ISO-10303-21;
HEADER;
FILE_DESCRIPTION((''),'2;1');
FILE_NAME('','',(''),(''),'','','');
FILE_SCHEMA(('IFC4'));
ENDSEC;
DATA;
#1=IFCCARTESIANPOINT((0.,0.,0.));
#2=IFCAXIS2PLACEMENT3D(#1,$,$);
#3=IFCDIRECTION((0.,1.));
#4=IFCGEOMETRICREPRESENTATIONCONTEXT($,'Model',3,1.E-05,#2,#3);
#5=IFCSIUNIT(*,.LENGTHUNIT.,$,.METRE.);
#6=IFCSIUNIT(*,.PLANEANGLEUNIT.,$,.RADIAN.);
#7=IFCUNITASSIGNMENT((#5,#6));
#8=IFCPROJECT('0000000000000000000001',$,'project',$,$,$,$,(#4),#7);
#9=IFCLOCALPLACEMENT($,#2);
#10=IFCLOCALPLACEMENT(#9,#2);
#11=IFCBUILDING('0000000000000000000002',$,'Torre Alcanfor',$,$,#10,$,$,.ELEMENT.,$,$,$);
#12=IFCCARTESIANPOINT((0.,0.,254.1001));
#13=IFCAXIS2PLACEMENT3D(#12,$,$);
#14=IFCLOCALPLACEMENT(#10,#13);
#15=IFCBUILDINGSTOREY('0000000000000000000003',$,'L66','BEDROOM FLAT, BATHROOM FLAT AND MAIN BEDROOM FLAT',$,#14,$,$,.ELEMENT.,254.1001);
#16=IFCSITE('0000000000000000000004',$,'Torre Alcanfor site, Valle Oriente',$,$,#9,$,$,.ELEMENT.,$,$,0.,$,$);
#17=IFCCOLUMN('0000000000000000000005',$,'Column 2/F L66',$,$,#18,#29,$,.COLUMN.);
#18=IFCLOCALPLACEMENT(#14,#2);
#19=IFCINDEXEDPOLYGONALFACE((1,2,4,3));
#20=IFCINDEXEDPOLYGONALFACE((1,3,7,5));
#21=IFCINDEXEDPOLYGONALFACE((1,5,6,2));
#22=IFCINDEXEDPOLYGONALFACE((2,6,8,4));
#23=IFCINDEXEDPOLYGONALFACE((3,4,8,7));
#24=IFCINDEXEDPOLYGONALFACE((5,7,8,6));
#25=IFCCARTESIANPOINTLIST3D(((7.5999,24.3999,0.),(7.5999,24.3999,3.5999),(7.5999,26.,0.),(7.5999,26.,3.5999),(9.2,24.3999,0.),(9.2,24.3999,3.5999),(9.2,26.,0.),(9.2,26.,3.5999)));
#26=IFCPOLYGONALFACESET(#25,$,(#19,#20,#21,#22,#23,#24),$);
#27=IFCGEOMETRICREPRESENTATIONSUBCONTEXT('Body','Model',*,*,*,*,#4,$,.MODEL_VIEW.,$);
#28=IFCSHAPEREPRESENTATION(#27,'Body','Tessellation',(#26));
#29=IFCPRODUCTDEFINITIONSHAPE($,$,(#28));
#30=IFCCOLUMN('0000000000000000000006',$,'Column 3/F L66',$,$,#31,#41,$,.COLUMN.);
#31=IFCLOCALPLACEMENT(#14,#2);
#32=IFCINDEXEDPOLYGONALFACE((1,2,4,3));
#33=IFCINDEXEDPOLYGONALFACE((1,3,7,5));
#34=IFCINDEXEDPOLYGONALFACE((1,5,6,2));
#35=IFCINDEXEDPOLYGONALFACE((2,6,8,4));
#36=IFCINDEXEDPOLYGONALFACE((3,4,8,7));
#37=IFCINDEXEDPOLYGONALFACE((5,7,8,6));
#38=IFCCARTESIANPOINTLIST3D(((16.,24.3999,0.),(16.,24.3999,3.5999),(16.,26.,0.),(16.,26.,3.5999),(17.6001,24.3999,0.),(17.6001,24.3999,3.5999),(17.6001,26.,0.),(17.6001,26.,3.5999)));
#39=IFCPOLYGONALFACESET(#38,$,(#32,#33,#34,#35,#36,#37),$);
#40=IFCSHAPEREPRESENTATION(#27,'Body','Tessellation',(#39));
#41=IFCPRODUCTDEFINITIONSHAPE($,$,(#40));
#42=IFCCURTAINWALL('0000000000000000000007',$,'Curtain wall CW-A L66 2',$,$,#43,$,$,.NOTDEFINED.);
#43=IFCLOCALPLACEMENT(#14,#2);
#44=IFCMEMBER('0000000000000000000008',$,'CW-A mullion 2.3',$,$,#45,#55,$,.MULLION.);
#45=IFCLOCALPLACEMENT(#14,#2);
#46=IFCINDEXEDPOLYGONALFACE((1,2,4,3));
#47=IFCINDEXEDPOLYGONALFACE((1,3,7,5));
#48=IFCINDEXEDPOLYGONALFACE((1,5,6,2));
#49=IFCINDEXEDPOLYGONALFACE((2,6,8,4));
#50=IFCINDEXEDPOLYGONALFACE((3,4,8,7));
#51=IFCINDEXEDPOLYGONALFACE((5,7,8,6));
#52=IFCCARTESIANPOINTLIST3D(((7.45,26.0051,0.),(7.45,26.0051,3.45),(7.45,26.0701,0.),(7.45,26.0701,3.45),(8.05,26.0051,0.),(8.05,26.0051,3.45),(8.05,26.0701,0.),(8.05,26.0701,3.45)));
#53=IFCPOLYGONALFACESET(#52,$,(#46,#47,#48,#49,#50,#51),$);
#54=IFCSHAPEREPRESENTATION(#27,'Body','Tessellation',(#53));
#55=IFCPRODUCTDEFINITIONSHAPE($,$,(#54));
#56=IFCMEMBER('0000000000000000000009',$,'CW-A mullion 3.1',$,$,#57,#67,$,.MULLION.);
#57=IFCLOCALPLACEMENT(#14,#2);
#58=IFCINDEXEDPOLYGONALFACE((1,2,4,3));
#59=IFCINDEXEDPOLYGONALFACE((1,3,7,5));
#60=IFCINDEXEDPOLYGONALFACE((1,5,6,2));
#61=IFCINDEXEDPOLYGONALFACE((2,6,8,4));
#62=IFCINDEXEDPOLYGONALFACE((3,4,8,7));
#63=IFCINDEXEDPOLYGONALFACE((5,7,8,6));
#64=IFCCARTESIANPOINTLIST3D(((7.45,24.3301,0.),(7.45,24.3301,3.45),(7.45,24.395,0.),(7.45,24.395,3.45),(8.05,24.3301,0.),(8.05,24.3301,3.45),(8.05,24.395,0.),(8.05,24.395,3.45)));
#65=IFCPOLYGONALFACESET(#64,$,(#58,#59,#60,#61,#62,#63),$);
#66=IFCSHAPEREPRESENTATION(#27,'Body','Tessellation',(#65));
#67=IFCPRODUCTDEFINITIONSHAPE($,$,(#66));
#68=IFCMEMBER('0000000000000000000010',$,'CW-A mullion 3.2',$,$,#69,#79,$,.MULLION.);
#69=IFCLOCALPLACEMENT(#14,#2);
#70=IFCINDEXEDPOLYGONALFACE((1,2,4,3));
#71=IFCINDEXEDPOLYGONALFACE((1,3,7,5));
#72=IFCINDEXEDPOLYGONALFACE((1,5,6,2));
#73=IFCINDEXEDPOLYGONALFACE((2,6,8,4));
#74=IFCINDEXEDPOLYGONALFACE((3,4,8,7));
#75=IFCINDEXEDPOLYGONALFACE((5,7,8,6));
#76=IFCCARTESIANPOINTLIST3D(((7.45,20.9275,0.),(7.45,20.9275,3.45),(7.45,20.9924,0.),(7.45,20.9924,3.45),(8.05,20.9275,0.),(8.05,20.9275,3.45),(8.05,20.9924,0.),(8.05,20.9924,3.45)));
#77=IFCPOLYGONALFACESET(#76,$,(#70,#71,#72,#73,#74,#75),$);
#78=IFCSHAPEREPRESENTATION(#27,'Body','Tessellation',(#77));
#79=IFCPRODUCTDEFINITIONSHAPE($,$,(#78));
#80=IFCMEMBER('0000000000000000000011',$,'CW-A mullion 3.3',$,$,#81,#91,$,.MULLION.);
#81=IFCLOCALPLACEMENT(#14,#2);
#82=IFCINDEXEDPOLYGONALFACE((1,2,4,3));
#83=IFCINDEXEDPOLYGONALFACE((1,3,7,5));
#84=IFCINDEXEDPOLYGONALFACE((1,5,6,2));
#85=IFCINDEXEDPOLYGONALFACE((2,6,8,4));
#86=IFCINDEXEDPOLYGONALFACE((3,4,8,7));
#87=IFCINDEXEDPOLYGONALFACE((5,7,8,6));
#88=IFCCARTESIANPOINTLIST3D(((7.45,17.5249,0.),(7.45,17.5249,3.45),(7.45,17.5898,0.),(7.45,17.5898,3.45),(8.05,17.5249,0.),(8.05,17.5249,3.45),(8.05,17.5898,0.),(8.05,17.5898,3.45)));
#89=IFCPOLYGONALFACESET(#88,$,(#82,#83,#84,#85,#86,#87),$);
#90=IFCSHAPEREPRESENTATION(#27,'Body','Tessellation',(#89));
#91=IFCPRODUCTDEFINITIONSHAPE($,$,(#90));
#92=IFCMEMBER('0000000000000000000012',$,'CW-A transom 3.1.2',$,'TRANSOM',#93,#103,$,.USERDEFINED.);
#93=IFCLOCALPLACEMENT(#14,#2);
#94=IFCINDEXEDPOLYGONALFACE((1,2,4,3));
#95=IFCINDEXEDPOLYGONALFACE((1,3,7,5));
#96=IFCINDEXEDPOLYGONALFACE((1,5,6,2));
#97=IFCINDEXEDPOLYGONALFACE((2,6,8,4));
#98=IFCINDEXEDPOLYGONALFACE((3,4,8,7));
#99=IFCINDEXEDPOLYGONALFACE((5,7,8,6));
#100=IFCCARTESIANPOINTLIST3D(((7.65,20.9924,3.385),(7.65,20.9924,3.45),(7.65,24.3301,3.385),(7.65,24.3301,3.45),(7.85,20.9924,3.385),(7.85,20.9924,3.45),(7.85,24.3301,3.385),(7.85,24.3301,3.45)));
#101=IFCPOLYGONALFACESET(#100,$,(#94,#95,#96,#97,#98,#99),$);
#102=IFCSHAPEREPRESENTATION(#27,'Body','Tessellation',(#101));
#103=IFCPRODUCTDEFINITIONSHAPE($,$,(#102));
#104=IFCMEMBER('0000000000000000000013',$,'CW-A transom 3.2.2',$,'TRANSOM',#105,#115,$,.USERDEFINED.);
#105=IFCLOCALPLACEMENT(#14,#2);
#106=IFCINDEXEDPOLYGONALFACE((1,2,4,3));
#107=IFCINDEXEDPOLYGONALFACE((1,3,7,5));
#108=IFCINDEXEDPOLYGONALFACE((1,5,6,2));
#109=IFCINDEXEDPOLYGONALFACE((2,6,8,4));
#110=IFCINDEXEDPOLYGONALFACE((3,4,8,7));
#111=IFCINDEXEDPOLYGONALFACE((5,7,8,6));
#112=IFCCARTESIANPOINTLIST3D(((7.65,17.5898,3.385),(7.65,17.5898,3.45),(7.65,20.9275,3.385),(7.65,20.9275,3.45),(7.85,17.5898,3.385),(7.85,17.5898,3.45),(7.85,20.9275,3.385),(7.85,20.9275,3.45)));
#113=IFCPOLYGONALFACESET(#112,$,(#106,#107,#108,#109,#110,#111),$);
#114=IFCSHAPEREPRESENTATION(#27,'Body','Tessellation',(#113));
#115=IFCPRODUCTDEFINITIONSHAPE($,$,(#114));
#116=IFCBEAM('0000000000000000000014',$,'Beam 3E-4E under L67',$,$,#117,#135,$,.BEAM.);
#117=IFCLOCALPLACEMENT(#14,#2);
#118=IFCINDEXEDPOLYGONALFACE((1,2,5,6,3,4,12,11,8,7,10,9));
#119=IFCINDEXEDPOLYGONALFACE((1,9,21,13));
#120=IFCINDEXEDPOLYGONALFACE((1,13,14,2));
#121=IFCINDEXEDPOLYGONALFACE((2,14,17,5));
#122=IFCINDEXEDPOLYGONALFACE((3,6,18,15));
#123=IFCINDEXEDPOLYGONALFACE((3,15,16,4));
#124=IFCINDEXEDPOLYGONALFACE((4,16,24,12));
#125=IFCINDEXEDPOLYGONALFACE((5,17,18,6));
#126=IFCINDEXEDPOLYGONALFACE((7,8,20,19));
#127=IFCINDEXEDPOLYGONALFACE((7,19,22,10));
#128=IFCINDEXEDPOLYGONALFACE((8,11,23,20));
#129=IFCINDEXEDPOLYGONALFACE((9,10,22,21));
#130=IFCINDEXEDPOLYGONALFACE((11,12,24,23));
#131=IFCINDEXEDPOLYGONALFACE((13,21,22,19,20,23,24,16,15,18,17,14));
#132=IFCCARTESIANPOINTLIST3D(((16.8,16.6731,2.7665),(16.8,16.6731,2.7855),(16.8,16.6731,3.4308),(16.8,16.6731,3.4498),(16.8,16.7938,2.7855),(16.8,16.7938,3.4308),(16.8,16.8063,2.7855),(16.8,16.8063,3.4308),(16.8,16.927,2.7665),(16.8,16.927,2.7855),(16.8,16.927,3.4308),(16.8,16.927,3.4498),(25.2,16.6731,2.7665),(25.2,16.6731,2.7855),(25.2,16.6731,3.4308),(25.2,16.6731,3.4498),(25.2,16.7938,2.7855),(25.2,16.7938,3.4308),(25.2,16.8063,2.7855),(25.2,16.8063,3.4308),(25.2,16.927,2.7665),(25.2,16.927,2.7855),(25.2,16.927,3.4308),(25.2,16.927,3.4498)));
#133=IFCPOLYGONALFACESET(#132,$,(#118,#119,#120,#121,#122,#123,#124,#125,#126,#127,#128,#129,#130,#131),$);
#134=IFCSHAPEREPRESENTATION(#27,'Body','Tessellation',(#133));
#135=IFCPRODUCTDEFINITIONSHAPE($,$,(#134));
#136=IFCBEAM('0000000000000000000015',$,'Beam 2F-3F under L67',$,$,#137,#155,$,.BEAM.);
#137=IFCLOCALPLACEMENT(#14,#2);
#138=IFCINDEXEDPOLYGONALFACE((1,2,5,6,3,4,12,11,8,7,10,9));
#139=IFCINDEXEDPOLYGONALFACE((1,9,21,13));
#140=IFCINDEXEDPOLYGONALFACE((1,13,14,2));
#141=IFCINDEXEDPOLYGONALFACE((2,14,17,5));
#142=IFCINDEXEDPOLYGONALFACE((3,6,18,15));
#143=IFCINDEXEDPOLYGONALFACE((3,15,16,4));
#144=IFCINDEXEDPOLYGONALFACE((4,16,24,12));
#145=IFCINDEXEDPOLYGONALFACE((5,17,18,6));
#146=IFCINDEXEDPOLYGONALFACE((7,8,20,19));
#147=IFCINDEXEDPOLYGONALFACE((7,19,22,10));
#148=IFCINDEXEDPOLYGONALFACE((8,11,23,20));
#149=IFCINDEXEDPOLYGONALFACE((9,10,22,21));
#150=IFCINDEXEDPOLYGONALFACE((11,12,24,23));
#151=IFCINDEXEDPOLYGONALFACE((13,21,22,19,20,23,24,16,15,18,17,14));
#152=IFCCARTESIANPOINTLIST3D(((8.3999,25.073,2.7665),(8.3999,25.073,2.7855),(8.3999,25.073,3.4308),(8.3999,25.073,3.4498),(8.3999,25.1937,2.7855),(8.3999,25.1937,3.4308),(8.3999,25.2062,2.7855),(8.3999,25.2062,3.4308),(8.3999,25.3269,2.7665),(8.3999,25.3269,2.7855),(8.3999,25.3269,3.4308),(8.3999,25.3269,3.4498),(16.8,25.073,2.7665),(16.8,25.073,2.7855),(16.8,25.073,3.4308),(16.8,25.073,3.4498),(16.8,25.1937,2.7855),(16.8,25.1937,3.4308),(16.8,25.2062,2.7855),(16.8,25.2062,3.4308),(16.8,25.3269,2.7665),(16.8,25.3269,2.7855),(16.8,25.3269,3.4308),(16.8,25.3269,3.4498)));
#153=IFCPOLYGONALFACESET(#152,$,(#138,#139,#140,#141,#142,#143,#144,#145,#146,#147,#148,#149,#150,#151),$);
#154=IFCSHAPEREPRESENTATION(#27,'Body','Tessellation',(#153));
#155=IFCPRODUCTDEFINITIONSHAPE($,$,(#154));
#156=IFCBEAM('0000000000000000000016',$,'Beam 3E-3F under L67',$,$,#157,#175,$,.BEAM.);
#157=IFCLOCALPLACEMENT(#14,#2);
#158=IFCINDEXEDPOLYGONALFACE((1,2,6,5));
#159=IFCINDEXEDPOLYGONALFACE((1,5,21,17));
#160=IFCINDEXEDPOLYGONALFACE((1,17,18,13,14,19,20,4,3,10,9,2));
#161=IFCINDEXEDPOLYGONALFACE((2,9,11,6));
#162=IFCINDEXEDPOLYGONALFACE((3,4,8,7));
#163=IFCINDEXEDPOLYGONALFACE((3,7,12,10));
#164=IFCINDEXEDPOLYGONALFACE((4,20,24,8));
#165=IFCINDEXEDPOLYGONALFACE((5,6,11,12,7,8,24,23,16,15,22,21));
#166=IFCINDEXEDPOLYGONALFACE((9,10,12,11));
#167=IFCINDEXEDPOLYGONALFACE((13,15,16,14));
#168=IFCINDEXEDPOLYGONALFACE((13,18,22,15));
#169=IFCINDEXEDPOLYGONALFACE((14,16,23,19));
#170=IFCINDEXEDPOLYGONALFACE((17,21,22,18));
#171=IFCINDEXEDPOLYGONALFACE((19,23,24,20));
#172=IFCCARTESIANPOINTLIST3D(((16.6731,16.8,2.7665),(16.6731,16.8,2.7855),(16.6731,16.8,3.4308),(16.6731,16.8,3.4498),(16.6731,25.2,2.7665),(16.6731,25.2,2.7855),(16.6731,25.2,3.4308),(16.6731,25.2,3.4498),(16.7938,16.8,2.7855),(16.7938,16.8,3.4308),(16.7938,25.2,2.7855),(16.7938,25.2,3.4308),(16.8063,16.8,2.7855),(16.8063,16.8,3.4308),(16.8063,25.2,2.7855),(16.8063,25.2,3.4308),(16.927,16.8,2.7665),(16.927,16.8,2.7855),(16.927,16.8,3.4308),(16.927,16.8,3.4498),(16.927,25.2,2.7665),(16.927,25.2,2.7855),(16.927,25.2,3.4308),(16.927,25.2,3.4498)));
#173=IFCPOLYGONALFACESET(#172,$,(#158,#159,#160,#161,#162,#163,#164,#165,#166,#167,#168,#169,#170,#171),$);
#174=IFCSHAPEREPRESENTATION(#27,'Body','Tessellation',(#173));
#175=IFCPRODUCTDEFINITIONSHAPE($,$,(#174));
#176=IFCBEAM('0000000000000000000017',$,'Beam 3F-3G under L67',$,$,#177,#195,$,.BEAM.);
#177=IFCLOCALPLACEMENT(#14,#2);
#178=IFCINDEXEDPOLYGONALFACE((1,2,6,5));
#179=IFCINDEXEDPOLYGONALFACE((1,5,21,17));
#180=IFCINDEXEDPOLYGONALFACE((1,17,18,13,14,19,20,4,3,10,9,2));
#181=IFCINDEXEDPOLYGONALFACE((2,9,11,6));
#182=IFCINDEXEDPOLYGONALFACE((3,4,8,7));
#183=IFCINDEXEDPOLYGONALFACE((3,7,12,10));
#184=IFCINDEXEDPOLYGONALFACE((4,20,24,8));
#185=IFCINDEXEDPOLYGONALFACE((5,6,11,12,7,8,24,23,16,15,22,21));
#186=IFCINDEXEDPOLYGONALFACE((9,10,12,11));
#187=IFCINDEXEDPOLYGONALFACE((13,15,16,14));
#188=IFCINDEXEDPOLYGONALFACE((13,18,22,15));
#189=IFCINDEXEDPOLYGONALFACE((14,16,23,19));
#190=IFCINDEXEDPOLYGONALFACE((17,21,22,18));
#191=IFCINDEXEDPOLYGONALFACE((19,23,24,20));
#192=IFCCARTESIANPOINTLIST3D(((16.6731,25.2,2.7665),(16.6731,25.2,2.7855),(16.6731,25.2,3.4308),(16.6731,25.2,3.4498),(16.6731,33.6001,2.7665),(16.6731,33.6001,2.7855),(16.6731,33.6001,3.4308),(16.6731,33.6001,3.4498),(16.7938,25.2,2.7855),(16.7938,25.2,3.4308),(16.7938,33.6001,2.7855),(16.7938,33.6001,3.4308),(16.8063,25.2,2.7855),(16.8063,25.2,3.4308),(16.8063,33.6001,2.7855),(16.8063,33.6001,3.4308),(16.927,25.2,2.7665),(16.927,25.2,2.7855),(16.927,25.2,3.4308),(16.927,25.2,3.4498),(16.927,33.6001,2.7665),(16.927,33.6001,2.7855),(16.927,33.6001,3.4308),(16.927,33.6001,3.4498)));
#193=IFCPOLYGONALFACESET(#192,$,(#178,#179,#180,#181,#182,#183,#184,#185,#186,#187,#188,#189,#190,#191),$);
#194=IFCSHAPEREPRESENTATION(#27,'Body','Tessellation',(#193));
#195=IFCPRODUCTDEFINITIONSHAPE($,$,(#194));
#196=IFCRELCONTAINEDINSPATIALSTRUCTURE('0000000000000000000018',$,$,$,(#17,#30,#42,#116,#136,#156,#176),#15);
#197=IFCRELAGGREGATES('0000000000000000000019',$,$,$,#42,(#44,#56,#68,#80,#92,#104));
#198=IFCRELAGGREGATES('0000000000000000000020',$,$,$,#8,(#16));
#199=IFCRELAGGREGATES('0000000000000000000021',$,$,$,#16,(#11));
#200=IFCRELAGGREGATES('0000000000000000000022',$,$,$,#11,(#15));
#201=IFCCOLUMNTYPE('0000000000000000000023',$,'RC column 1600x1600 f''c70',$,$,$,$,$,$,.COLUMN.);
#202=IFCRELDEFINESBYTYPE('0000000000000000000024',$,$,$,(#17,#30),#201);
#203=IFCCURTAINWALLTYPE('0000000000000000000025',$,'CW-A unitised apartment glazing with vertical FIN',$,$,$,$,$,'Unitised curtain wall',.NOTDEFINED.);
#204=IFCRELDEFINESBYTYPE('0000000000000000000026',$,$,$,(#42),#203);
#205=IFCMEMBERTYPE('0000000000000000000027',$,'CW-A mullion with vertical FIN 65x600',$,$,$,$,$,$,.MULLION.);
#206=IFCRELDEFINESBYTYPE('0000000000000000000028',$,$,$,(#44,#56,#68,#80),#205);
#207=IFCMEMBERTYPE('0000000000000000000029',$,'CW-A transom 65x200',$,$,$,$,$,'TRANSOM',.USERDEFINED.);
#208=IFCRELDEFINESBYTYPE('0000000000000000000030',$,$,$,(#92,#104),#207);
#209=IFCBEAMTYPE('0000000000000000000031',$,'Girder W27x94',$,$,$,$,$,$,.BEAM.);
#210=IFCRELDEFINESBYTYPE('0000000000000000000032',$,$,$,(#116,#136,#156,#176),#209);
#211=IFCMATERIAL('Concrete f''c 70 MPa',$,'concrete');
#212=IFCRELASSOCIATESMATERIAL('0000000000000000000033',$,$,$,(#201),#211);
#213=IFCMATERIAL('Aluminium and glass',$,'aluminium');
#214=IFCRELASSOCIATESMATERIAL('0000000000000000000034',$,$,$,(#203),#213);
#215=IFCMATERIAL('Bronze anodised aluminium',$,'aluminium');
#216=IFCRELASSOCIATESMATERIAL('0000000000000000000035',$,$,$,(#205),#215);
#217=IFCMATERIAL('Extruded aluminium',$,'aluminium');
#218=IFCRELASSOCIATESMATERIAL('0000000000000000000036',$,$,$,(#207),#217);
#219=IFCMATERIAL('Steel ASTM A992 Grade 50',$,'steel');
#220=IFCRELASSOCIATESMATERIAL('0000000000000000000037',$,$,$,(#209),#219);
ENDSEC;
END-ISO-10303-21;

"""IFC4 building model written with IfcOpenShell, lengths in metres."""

from ifc_helpers import new_model, si_unit, direction, frame, origin, origin_2d, place, context, subcontext, project, spatial, rectangle, i_section, extrude, material, material_profile, profile_set, type_object, element, aggregate, save


model = new_model("IFC4")

# Units and contexts
model_context = context("Model", 3, precision=1e-05, world=origin(), true_north=direction((0.0, 1.0)))
body_context = subcontext(model_context, "Body", "Model", "MODEL_VIEW")
ifc_project = project(units=[si_unit("LENGTHUNIT", "METRE"), si_unit("PLANEANGLEUNIT", "RADIAN")], contexts=[model_context])

# Site, building, storey
site_placement = place(None, origin())
site = spatial("IfcSite", under=ifc_project, at=site_placement, Name="Torre Alcanfor site, Valle Oriente", CompositionType="ELEMENT", RefElevation=0.0)
building_placement = place(site_placement, origin())
building = spatial("IfcBuilding", under=site, at=building_placement, Name="Torre Alcanfor", CompositionType="ELEMENT")
storey_placement = place(building_placement, frame((0.0, 0.0, 254.1001)))
storey = spatial("IfcBuildingStorey", under=building, at=storey_placement, Name="L66", Description="BEDROOM FLAT, BATHROOM FLAT AND MAIN BEDROOM FLAT", CompositionType="ELEMENT", Elevation=254.1001)

# Columns
ifc_material_1 = material(Name="Concrete f'c 70 MPa", Category="concrete")
ifc_material_profile_1 = material_profile(ifc_material_1, rectangle(XDim=1.6001, YDim=1.6001, at=origin_2d()), Name="1600x1600")
ifc_profile_set_1 = profile_set([ifc_material_profile_1], Name="Concrete f'c 70 MPa")
column_type = type_object("IfcColumnType", Name="RC column 1600x1600 f'c70", PredefinedType="COLUMN", material=ifc_profile_set_1)
for number, where, z_axis, x_axis, name in (
    (1, (8.3999, 25.2, 0.0), (0.0, 0.0, 1.0), (1.0, 0.0, 0.0), "Column 2/F L66"),
    (2, (16.8, 25.2, 0.0), (0.0, 0.0, 1.0), (1.0, 0.0, 0.0), "Column 3/F L66"),
):
    element("IfcColumn", number, at=place(storey_placement, frame(where, z_axis=z_axis, x_axis=x_axis)), inside=storey, type_object=column_type, Name=name, PredefinedType="COLUMN", context=body_context, shape_type="SweptSolid", body=[
        extrude(rectangle(XDim=1.6001, YDim=1.6001, at=origin_2d()), origin(), (0.0, 0.0, 1.0), 3.5999),
    ])

# Curtain wall, members
ifc_material_2 = material(Name="Aluminium and glass", Category="aluminium")
curtain_wall_type = type_object("IfcCurtainWallType", Name="CW-A unitised apartment glazing with vertical FIN", ElementType="Unitised curtain wall", PredefinedType="NOTDEFINED", material=ifc_material_2)
curtain_wall_placement = place(storey_placement, origin())
curtain_wall = element("IfcCurtainWall", 3, at=curtain_wall_placement, inside=storey, type_object=curtain_wall_type, Name="Curtain wall CW-A L66 2", PredefinedType="NOTDEFINED")
ifc_material_3 = material(Name="Bronze anodised aluminium", Category="aluminium")
ifc_material_profile_2 = material_profile(ifc_material_3, rectangle(XDim=0.6001, YDim=0.0649, at=origin_2d()), Name="CW-A mullion 65x600")
ifc_profile_set_2 = profile_set([ifc_material_profile_2], Name="Bronze anodised aluminium")
member_type_1 = type_object("IfcMemberType", Name="CW-A mullion with vertical FIN 65x600", PredefinedType="MULLION", material=ifc_profile_set_2)
member_1_placement = place(storey_placement, frame((7.75, 26.0376, 0.0), z_axis=(0.0, 0.0, 1.0), x_axis=(1.0, 0.0, 0.0)))
member_1 = element("IfcMember", 4, at=member_1_placement, type_object=member_type_1, Name="CW-A mullion 2.3", PredefinedType="MULLION", context=body_context, shape_type="SweptSolid", body=[
    extrude(rectangle(XDim=0.6001, YDim=0.0649, at=origin_2d()), origin(), (0.0, 0.0, 1.0), 3.45),
])
member_2_placement = place(storey_placement, frame((7.75, 24.3625, 0.0), z_axis=(0.0, 0.0, 1.0), x_axis=(1.0, 0.0, 0.0)))
member_2 = element("IfcMember", 5, at=member_2_placement, type_object=member_type_1, Name="CW-A mullion 3.1", PredefinedType="MULLION", context=body_context, shape_type="SweptSolid", body=[
    extrude(rectangle(XDim=0.6001, YDim=0.0649, at=origin_2d()), origin(), (0.0, 0.0, 1.0), 3.45),
])
member_3_placement = place(storey_placement, frame((7.75, 20.96, 0.0), z_axis=(0.0, 0.0, 1.0), x_axis=(1.0, 0.0, 0.0)))
member_3 = element("IfcMember", 6, at=member_3_placement, type_object=member_type_1, Name="CW-A mullion 3.2", PredefinedType="MULLION", context=body_context, shape_type="SweptSolid", body=[
    extrude(rectangle(XDim=0.6001, YDim=0.0649, at=origin_2d()), origin(), (0.0, 0.0, 1.0), 3.45),
])
member_4_placement = place(storey_placement, frame((7.75, 17.5574, 0.0), z_axis=(0.0, 0.0, 1.0), x_axis=(1.0, 0.0, 0.0)))
member_4 = element("IfcMember", 7, at=member_4_placement, type_object=member_type_1, Name="CW-A mullion 3.3", PredefinedType="MULLION", context=body_context, shape_type="SweptSolid", body=[
    extrude(rectangle(XDim=0.6001, YDim=0.0649, at=origin_2d()), origin(), (0.0, 0.0, 1.0), 3.45),
])
ifc_material_4 = material(Name="Extruded aluminium", Category="aluminium")
ifc_material_profile_3 = material_profile(ifc_material_4, rectangle(XDim=0.2, YDim=0.0649, at=origin_2d()), Name="CW-A transom 200x65")
ifc_profile_set_3 = profile_set([ifc_material_profile_3], Name="Extruded aluminium")
member_type_2 = type_object("IfcMemberType", Name="CW-A transom 65x200", ElementType="TRANSOM", PredefinedType="USERDEFINED", material=ifc_profile_set_3)
member_5_placement = place(storey_placement, frame((7.75, 24.3301, 3.4175), z_axis=(0.0, -1.0, 0.0), x_axis=(1.0, 0.0, 0.0)))
member_5 = element("IfcMember", 8, at=member_5_placement, type_object=member_type_2, Name="CW-A transom 3.1.2", ObjectType="TRANSOM", PredefinedType="USERDEFINED", context=body_context, shape_type="SweptSolid", body=[
    extrude(rectangle(XDim=0.2, YDim=0.0649, at=origin_2d()), origin(), (0.0, 0.0, 1.0), 3.3376),
])
member_6_placement = place(storey_placement, frame((7.75, 20.9275, 3.4175), z_axis=(0.0, -1.0, 0.0), x_axis=(1.0, 0.0, 0.0)))
member_6 = element("IfcMember", 9, at=member_6_placement, type_object=member_type_2, Name="CW-A transom 3.2.2", ObjectType="TRANSOM", PredefinedType="USERDEFINED", context=body_context, shape_type="SweptSolid", body=[
    extrude(rectangle(XDim=0.2, YDim=0.0649, at=origin_2d()), origin(), (0.0, 0.0, 1.0), 3.3376),
])

# Beams
ifc_material_5 = material(Name="Steel ASTM A992 Grade 50", Category="steel")
ifc_material_profile_4 = material_profile(ifc_material_5, i_section(OverallWidth=0.2539, OverallDepth=0.6833, WebThickness=0.0125, FlangeThickness=0.019, at=origin_2d()), Name="W27x94")
ifc_profile_set_4 = profile_set([ifc_material_profile_4], Name="Steel ASTM A992 Grade 50")
beam_type_1 = type_object("IfcBeamType", Name="Girder W27x94", PredefinedType="BEAM", material=ifc_profile_set_4)
beam_1_placement = place(storey_placement, frame((16.8, 16.8, 3.1082), z_axis=(1.0, 0.0, 0.0), x_axis=(0.0, 1.0, 0.0)))
element("IfcBeam", 10, at=beam_1_placement, inside=storey, type_object=beam_type_1, Name="Beam 3E-4E under L67", PredefinedType="BEAM", context=body_context, shape_type="SweptSolid", body=[
    extrude(i_section(OverallWidth=0.2539, OverallDepth=0.6833, WebThickness=0.0125, FlangeThickness=0.019, at=origin_2d()), origin(), (0.0, 0.0, 1.0), 8.3999),
])
beam_2_placement = place(storey_placement, frame((8.3999, 25.2, 3.1082), z_axis=(1.0, 0.0, 0.0), x_axis=(0.0, 1.0, 0.0)))
element("IfcBeam", 11, at=beam_2_placement, inside=storey, type_object=beam_type_1, Name="Beam 2F-3F under L67", PredefinedType="BEAM", context=body_context, shape_type="SweptSolid", body=[
    extrude(i_section(OverallWidth=0.2539, OverallDepth=0.6833, WebThickness=0.0125, FlangeThickness=0.019, at=origin_2d()), origin(), (0.0, 0.0, 1.0), 8.4001),
])
beam_3_placement = place(storey_placement, frame((16.8, 16.8, 3.1082), z_axis=(0.0, 1.0, 0.0), x_axis=(-1.0, 0.0, 0.0)))
element("IfcBeam", 12, at=beam_3_placement, inside=storey, type_object=beam_type_1, Name="Beam 3E-3F under L67", PredefinedType="BEAM", context=body_context, shape_type="SweptSolid", body=[
    extrude(i_section(OverallWidth=0.2539, OverallDepth=0.6833, WebThickness=0.0125, FlangeThickness=0.019, at=origin_2d()), origin(), (0.0, 0.0, 1.0), 8.3999),
])
beam_4_placement = place(storey_placement, frame((16.8, 25.2, 3.1082), z_axis=(0.0, 1.0, 0.0), x_axis=(-1.0, 0.0, 0.0)))
element("IfcBeam", 13, at=beam_4_placement, inside=storey, type_object=beam_type_1, Name="Beam 3F-3G under L67", PredefinedType="BEAM", context=body_context, shape_type="SweptSolid", body=[
    extrude(i_section(OverallWidth=0.2539, OverallDepth=0.6833, WebThickness=0.0125, FlangeThickness=0.019, at=origin_2d()), origin(), (0.0, 0.0, 1.0), 8.4001),
])

aggregate(curtain_wall, [member_1, member_2, member_3, member_4, member_5, member_6])

save(model, "model.ifc")
